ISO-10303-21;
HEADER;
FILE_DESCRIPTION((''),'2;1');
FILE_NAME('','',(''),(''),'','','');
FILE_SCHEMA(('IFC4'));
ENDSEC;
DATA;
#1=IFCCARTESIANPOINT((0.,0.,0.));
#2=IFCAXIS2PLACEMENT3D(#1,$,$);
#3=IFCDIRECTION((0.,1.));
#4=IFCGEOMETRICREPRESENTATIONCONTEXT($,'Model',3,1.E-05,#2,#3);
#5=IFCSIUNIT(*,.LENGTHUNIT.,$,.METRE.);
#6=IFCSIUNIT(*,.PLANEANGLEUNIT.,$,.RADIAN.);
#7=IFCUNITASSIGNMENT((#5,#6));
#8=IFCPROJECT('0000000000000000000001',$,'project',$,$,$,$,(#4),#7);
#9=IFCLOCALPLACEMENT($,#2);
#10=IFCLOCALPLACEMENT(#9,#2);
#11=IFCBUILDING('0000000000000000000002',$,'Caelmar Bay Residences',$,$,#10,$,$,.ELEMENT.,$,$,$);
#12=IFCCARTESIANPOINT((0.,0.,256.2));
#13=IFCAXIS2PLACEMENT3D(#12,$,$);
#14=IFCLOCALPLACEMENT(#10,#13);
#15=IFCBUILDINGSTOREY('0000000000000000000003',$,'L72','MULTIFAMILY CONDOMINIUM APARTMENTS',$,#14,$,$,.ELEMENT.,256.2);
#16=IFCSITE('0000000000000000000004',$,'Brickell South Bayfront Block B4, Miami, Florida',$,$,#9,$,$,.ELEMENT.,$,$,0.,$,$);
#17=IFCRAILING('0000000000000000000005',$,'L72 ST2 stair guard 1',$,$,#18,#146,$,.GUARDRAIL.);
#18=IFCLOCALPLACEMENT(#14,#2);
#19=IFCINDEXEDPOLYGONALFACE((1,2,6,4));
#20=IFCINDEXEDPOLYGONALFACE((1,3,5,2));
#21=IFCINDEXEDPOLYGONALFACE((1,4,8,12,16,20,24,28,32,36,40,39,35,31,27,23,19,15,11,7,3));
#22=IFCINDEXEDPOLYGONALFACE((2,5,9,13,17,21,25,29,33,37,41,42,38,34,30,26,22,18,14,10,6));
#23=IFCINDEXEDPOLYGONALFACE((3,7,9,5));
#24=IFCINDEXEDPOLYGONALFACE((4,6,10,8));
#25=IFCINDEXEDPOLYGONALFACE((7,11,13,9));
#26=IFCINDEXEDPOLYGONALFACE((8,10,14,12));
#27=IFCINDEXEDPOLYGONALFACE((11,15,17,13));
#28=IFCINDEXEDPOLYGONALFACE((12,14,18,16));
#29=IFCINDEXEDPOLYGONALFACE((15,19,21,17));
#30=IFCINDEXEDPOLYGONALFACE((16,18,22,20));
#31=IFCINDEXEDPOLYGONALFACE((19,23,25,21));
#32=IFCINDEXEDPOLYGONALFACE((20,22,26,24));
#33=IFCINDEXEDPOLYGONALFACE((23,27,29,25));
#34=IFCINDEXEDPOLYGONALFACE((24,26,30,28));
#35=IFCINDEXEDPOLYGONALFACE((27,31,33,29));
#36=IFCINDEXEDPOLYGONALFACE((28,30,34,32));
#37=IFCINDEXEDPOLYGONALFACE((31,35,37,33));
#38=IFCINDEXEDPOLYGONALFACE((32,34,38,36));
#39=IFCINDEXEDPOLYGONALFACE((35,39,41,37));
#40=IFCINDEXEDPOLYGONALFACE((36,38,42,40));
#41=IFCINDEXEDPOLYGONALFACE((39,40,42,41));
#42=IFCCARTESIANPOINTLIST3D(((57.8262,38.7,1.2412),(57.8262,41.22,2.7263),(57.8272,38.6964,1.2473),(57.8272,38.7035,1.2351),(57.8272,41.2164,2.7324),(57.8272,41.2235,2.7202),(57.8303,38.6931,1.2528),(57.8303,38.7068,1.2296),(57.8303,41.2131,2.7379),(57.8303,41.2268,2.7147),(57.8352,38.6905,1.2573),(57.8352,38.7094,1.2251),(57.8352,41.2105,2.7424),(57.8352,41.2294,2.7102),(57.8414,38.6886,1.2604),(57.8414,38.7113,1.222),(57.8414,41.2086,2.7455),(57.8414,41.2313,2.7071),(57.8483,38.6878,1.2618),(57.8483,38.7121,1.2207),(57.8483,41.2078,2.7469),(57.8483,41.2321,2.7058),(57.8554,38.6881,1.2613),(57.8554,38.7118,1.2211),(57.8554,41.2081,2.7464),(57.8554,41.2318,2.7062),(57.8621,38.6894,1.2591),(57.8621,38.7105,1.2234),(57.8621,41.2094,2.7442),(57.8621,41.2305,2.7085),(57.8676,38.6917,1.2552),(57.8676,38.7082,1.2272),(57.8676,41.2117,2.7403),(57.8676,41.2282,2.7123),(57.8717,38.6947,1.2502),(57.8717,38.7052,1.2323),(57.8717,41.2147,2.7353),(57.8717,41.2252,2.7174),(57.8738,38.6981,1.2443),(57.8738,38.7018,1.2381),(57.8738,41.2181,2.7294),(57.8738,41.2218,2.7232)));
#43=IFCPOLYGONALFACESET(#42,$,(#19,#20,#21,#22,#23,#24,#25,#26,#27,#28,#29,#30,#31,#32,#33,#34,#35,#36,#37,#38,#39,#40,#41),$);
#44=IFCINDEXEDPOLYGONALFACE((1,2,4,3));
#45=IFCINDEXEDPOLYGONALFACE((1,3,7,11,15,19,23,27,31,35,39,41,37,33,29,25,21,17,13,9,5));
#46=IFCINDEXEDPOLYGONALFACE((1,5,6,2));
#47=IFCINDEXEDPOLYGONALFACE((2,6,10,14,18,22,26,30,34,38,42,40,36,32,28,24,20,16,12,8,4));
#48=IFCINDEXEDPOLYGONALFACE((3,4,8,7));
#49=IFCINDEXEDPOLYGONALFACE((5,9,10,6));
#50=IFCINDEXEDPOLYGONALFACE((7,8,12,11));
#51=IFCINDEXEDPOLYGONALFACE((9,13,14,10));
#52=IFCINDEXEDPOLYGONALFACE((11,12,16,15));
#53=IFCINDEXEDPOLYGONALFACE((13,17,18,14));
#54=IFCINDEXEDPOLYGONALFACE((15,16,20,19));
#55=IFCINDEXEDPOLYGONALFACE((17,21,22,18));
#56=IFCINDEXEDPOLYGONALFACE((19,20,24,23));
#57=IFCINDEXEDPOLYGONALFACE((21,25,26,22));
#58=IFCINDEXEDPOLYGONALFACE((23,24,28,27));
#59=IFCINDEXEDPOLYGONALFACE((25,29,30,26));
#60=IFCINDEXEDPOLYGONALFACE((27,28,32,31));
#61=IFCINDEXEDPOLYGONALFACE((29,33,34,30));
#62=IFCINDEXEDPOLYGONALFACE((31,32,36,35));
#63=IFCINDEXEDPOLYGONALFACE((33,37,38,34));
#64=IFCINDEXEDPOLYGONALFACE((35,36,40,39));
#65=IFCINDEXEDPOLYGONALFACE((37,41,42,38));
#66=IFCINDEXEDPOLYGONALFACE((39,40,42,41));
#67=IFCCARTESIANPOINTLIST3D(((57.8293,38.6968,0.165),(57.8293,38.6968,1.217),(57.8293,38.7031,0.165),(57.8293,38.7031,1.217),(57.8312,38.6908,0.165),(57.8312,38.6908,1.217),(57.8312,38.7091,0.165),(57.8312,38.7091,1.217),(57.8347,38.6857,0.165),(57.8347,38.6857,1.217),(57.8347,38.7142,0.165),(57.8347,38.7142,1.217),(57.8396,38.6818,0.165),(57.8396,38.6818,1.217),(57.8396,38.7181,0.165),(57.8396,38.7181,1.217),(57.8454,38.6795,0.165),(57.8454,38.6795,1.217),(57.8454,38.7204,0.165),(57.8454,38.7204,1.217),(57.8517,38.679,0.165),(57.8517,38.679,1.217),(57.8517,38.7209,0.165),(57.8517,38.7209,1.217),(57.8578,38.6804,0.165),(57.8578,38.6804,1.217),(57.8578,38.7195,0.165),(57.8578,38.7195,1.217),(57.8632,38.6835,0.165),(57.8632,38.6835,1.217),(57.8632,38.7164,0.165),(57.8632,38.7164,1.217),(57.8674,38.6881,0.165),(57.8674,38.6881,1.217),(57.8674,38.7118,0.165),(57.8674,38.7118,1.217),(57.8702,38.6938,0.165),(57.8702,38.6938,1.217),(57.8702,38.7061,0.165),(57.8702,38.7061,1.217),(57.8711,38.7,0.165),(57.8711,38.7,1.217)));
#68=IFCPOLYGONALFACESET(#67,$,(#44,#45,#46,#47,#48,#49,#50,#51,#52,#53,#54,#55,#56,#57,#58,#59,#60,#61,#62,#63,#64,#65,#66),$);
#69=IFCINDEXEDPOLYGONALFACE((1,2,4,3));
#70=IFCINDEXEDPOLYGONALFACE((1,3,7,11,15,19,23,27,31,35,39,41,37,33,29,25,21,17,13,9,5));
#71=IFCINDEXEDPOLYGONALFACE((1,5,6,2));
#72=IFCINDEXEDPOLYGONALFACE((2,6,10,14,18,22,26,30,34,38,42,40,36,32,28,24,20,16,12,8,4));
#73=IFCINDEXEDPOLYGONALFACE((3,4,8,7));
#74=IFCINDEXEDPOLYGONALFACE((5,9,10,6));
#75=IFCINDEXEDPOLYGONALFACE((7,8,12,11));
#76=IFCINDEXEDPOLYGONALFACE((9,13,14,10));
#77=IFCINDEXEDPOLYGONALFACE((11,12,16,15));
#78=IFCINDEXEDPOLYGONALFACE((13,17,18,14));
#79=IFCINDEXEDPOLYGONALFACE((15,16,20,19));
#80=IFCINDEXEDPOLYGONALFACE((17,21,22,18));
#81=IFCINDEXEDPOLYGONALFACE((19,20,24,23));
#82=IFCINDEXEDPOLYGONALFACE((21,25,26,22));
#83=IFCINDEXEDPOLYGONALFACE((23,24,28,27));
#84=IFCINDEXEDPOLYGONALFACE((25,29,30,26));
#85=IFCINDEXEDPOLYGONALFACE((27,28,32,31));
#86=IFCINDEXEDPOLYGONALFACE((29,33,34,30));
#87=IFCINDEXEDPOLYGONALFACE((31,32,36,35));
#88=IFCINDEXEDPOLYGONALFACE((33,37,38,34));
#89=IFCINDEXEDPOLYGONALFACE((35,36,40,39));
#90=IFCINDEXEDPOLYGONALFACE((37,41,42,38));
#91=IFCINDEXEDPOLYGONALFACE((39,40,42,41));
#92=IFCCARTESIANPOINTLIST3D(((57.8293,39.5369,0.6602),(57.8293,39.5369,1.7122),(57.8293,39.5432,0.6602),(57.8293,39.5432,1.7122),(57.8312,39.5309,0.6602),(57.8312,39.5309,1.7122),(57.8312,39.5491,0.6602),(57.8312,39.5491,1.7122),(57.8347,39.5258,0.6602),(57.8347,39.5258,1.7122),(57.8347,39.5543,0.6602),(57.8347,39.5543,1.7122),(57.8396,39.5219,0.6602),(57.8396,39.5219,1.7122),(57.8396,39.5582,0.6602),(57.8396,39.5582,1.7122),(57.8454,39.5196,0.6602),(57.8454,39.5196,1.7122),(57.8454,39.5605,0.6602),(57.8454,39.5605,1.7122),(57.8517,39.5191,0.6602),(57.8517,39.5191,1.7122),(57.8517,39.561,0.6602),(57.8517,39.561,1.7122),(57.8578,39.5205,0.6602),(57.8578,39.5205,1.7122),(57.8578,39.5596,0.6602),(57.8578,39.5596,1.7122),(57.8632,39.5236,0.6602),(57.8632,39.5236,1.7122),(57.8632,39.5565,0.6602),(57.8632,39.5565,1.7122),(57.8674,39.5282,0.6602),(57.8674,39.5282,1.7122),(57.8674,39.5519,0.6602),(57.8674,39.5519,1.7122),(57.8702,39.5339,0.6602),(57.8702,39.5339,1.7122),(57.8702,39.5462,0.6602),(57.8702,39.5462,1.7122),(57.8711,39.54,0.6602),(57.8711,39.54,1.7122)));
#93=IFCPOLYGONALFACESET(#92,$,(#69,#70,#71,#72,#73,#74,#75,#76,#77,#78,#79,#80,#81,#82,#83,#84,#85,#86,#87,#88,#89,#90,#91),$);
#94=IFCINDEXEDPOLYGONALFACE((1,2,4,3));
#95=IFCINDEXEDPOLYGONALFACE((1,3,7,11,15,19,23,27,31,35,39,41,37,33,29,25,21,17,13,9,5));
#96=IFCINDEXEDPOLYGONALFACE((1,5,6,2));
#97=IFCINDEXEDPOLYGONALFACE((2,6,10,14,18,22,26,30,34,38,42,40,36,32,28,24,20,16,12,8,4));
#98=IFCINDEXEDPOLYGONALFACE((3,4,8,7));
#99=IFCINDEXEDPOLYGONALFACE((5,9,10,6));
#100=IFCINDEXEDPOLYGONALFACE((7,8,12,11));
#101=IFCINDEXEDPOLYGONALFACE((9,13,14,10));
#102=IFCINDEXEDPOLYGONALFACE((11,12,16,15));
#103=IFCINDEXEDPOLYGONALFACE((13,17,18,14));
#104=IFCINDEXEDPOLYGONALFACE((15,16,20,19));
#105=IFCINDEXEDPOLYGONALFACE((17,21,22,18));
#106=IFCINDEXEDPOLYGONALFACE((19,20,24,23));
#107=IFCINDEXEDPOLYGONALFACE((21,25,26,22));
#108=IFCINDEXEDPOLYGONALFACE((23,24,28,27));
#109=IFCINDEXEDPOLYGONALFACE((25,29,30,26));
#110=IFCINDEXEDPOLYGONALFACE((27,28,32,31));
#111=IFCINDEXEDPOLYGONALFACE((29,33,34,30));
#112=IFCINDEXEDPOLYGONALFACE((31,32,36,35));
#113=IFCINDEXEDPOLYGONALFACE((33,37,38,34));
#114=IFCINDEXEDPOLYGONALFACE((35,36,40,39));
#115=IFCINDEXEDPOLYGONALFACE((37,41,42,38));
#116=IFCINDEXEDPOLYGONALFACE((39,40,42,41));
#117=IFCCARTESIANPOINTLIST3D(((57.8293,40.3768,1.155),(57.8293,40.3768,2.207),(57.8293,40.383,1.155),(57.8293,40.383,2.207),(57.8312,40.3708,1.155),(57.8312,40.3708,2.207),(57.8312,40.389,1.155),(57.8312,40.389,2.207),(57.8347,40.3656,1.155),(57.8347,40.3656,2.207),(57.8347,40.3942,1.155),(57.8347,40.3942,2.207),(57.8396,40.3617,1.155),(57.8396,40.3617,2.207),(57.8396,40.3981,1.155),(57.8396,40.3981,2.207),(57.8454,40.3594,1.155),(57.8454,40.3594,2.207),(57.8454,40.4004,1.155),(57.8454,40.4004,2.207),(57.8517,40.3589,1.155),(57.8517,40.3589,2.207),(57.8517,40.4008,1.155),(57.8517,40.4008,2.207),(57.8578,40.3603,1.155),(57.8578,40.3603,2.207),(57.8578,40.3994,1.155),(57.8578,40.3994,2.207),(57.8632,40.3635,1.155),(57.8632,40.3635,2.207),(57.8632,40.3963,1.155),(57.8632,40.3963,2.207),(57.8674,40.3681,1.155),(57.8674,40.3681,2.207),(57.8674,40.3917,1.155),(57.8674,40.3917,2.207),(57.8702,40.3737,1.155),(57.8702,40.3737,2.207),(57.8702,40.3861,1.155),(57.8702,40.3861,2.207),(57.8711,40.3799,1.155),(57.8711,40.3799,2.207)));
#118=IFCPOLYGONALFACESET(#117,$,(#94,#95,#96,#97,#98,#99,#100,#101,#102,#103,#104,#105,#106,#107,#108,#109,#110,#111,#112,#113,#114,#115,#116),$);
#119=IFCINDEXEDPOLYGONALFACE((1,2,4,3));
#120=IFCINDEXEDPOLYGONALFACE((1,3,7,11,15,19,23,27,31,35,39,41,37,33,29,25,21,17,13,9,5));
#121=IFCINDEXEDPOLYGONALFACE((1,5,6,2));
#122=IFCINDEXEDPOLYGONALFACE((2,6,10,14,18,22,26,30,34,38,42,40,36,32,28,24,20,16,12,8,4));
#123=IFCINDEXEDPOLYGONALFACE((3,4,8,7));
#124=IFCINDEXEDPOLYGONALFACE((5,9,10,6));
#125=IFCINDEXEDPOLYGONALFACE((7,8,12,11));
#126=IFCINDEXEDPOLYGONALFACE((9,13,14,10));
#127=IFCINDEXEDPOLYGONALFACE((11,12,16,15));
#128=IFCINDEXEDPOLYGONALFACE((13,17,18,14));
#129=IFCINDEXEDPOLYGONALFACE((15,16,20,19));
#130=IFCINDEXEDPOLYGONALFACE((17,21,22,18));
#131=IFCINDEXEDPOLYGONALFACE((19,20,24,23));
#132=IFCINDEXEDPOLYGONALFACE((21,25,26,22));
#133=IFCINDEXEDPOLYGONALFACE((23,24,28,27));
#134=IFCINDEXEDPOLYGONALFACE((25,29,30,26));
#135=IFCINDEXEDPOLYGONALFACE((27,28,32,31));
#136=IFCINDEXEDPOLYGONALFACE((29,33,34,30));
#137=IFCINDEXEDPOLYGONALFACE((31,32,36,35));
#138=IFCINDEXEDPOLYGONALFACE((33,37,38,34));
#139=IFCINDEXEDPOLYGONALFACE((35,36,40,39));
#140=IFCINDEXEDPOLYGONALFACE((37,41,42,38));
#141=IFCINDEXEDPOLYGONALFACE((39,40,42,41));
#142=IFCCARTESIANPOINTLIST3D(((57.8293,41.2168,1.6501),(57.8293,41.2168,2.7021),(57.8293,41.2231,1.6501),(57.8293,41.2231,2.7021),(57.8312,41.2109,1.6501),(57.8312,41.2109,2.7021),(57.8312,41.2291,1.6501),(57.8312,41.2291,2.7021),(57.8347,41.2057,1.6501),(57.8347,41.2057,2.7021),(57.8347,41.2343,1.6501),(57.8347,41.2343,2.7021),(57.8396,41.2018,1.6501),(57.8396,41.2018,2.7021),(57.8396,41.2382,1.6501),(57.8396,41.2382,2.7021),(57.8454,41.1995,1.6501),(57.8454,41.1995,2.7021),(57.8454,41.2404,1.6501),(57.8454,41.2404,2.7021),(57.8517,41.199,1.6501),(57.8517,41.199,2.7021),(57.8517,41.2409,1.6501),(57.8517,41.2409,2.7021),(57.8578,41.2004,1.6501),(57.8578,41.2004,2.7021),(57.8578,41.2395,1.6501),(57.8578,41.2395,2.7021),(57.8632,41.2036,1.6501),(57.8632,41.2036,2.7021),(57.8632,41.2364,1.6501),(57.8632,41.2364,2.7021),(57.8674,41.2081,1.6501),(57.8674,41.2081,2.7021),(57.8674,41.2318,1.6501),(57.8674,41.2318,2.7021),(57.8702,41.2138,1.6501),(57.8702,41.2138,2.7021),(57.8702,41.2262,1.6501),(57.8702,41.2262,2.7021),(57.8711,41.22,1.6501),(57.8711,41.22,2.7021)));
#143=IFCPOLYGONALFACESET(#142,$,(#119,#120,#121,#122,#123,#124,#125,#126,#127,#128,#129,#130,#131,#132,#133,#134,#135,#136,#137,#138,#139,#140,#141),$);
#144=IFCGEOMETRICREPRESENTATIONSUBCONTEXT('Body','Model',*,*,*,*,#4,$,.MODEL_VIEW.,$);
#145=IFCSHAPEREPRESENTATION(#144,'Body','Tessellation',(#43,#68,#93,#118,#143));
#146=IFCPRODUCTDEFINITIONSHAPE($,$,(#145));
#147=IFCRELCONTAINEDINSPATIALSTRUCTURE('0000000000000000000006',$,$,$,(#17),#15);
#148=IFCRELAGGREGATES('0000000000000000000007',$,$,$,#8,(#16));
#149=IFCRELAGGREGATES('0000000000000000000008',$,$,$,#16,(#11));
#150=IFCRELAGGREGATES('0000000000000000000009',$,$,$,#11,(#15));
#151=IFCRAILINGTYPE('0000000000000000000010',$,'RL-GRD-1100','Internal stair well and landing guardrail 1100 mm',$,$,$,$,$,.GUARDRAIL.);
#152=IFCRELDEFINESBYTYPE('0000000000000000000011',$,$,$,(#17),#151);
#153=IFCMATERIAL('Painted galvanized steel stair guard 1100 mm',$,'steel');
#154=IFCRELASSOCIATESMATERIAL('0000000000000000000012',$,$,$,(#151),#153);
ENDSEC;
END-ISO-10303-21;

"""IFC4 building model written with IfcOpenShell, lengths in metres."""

from ifc_helpers import new_model, si_unit, direction, frame, origin, origin_2d, place, context, subcontext, project, spatial, circle, extrude, material, type_object, element, save


model = new_model("IFC4")

# Units and contexts
model_context = context("Model", 3, precision=1e-05, world=origin(), true_north=direction((0.0, 1.0)))
body_context = subcontext(model_context, "Body", "Model", "MODEL_VIEW")
ifc_project = project(units=[si_unit("LENGTHUNIT", "METRE"), si_unit("PLANEANGLEUNIT", "RADIAN")], contexts=[model_context])

# Site, building, storey
site_placement = place(None, origin())
site = spatial("IfcSite", under=ifc_project, at=site_placement, Name="Brickell South Bayfront Block B4, Miami, Florida", CompositionType="ELEMENT", RefElevation=0.0)
building_placement = place(site_placement, origin())
building = spatial("IfcBuilding", under=site, at=building_placement, Name="Caelmar Bay Residences", CompositionType="ELEMENT")
storey_placement = place(building_placement, frame((0.0, 0.0, 256.2)))
storey = spatial("IfcBuildingStorey", under=building, at=storey_placement, Name="L72", Description="MULTIFAMILY CONDOMINIUM APARTMENTS", CompositionType="ELEMENT", Elevation=256.2)

# Railing
ifc_material_1 = material(Name="Painted galvanized steel stair guard 1100 mm", Category="steel")
railing_type_1 = type_object("IfcRailingType", Name="RL-GRD-1100", Description="Internal stair well and landing guardrail 1100 mm", PredefinedType="GUARDRAIL", material=ifc_material_1)
railing_1_placement = place(storey_placement, frame((57.8501, 38.7, 0.165)))
element("IfcRailing", 1, at=railing_1_placement, inside=storey, type_object=railing_type_1, Name="L72 ST2 stair guard 1", PredefinedType="GUARDRAIL", context=body_context, shape_type="SweptSolid", body=[
    extrude(circle(Radius=0.0239, at=origin_2d()), frame((0.0, 0.0, 1.0762), z_axis=(0.0, 0.861524, 0.507717), x_axis=(-1.0, 0.0, 0.0)), (0.0, 0.0, 1.0), 2.925),
    extrude(circle(Radius=0.021, at=origin_2d()), origin(), (0.0, 0.0, 1.0), 1.052),
    extrude(circle(Radius=0.021, at=origin_2d()), frame((0.0, 0.8401, 0.4951)), (0.0, 0.0, 1.0), 1.052),
    extrude(circle(Radius=0.021, at=origin_2d()), frame((0.0, 1.6799, 0.99)), (0.0, 0.0, 1.0), 1.052),
    extrude(circle(Radius=0.021, at=origin_2d()), frame((0.0, 2.52, 1.4851)), (0.0, 0.0, 1.0), 1.052),
])

save(model, "model.ifc")
